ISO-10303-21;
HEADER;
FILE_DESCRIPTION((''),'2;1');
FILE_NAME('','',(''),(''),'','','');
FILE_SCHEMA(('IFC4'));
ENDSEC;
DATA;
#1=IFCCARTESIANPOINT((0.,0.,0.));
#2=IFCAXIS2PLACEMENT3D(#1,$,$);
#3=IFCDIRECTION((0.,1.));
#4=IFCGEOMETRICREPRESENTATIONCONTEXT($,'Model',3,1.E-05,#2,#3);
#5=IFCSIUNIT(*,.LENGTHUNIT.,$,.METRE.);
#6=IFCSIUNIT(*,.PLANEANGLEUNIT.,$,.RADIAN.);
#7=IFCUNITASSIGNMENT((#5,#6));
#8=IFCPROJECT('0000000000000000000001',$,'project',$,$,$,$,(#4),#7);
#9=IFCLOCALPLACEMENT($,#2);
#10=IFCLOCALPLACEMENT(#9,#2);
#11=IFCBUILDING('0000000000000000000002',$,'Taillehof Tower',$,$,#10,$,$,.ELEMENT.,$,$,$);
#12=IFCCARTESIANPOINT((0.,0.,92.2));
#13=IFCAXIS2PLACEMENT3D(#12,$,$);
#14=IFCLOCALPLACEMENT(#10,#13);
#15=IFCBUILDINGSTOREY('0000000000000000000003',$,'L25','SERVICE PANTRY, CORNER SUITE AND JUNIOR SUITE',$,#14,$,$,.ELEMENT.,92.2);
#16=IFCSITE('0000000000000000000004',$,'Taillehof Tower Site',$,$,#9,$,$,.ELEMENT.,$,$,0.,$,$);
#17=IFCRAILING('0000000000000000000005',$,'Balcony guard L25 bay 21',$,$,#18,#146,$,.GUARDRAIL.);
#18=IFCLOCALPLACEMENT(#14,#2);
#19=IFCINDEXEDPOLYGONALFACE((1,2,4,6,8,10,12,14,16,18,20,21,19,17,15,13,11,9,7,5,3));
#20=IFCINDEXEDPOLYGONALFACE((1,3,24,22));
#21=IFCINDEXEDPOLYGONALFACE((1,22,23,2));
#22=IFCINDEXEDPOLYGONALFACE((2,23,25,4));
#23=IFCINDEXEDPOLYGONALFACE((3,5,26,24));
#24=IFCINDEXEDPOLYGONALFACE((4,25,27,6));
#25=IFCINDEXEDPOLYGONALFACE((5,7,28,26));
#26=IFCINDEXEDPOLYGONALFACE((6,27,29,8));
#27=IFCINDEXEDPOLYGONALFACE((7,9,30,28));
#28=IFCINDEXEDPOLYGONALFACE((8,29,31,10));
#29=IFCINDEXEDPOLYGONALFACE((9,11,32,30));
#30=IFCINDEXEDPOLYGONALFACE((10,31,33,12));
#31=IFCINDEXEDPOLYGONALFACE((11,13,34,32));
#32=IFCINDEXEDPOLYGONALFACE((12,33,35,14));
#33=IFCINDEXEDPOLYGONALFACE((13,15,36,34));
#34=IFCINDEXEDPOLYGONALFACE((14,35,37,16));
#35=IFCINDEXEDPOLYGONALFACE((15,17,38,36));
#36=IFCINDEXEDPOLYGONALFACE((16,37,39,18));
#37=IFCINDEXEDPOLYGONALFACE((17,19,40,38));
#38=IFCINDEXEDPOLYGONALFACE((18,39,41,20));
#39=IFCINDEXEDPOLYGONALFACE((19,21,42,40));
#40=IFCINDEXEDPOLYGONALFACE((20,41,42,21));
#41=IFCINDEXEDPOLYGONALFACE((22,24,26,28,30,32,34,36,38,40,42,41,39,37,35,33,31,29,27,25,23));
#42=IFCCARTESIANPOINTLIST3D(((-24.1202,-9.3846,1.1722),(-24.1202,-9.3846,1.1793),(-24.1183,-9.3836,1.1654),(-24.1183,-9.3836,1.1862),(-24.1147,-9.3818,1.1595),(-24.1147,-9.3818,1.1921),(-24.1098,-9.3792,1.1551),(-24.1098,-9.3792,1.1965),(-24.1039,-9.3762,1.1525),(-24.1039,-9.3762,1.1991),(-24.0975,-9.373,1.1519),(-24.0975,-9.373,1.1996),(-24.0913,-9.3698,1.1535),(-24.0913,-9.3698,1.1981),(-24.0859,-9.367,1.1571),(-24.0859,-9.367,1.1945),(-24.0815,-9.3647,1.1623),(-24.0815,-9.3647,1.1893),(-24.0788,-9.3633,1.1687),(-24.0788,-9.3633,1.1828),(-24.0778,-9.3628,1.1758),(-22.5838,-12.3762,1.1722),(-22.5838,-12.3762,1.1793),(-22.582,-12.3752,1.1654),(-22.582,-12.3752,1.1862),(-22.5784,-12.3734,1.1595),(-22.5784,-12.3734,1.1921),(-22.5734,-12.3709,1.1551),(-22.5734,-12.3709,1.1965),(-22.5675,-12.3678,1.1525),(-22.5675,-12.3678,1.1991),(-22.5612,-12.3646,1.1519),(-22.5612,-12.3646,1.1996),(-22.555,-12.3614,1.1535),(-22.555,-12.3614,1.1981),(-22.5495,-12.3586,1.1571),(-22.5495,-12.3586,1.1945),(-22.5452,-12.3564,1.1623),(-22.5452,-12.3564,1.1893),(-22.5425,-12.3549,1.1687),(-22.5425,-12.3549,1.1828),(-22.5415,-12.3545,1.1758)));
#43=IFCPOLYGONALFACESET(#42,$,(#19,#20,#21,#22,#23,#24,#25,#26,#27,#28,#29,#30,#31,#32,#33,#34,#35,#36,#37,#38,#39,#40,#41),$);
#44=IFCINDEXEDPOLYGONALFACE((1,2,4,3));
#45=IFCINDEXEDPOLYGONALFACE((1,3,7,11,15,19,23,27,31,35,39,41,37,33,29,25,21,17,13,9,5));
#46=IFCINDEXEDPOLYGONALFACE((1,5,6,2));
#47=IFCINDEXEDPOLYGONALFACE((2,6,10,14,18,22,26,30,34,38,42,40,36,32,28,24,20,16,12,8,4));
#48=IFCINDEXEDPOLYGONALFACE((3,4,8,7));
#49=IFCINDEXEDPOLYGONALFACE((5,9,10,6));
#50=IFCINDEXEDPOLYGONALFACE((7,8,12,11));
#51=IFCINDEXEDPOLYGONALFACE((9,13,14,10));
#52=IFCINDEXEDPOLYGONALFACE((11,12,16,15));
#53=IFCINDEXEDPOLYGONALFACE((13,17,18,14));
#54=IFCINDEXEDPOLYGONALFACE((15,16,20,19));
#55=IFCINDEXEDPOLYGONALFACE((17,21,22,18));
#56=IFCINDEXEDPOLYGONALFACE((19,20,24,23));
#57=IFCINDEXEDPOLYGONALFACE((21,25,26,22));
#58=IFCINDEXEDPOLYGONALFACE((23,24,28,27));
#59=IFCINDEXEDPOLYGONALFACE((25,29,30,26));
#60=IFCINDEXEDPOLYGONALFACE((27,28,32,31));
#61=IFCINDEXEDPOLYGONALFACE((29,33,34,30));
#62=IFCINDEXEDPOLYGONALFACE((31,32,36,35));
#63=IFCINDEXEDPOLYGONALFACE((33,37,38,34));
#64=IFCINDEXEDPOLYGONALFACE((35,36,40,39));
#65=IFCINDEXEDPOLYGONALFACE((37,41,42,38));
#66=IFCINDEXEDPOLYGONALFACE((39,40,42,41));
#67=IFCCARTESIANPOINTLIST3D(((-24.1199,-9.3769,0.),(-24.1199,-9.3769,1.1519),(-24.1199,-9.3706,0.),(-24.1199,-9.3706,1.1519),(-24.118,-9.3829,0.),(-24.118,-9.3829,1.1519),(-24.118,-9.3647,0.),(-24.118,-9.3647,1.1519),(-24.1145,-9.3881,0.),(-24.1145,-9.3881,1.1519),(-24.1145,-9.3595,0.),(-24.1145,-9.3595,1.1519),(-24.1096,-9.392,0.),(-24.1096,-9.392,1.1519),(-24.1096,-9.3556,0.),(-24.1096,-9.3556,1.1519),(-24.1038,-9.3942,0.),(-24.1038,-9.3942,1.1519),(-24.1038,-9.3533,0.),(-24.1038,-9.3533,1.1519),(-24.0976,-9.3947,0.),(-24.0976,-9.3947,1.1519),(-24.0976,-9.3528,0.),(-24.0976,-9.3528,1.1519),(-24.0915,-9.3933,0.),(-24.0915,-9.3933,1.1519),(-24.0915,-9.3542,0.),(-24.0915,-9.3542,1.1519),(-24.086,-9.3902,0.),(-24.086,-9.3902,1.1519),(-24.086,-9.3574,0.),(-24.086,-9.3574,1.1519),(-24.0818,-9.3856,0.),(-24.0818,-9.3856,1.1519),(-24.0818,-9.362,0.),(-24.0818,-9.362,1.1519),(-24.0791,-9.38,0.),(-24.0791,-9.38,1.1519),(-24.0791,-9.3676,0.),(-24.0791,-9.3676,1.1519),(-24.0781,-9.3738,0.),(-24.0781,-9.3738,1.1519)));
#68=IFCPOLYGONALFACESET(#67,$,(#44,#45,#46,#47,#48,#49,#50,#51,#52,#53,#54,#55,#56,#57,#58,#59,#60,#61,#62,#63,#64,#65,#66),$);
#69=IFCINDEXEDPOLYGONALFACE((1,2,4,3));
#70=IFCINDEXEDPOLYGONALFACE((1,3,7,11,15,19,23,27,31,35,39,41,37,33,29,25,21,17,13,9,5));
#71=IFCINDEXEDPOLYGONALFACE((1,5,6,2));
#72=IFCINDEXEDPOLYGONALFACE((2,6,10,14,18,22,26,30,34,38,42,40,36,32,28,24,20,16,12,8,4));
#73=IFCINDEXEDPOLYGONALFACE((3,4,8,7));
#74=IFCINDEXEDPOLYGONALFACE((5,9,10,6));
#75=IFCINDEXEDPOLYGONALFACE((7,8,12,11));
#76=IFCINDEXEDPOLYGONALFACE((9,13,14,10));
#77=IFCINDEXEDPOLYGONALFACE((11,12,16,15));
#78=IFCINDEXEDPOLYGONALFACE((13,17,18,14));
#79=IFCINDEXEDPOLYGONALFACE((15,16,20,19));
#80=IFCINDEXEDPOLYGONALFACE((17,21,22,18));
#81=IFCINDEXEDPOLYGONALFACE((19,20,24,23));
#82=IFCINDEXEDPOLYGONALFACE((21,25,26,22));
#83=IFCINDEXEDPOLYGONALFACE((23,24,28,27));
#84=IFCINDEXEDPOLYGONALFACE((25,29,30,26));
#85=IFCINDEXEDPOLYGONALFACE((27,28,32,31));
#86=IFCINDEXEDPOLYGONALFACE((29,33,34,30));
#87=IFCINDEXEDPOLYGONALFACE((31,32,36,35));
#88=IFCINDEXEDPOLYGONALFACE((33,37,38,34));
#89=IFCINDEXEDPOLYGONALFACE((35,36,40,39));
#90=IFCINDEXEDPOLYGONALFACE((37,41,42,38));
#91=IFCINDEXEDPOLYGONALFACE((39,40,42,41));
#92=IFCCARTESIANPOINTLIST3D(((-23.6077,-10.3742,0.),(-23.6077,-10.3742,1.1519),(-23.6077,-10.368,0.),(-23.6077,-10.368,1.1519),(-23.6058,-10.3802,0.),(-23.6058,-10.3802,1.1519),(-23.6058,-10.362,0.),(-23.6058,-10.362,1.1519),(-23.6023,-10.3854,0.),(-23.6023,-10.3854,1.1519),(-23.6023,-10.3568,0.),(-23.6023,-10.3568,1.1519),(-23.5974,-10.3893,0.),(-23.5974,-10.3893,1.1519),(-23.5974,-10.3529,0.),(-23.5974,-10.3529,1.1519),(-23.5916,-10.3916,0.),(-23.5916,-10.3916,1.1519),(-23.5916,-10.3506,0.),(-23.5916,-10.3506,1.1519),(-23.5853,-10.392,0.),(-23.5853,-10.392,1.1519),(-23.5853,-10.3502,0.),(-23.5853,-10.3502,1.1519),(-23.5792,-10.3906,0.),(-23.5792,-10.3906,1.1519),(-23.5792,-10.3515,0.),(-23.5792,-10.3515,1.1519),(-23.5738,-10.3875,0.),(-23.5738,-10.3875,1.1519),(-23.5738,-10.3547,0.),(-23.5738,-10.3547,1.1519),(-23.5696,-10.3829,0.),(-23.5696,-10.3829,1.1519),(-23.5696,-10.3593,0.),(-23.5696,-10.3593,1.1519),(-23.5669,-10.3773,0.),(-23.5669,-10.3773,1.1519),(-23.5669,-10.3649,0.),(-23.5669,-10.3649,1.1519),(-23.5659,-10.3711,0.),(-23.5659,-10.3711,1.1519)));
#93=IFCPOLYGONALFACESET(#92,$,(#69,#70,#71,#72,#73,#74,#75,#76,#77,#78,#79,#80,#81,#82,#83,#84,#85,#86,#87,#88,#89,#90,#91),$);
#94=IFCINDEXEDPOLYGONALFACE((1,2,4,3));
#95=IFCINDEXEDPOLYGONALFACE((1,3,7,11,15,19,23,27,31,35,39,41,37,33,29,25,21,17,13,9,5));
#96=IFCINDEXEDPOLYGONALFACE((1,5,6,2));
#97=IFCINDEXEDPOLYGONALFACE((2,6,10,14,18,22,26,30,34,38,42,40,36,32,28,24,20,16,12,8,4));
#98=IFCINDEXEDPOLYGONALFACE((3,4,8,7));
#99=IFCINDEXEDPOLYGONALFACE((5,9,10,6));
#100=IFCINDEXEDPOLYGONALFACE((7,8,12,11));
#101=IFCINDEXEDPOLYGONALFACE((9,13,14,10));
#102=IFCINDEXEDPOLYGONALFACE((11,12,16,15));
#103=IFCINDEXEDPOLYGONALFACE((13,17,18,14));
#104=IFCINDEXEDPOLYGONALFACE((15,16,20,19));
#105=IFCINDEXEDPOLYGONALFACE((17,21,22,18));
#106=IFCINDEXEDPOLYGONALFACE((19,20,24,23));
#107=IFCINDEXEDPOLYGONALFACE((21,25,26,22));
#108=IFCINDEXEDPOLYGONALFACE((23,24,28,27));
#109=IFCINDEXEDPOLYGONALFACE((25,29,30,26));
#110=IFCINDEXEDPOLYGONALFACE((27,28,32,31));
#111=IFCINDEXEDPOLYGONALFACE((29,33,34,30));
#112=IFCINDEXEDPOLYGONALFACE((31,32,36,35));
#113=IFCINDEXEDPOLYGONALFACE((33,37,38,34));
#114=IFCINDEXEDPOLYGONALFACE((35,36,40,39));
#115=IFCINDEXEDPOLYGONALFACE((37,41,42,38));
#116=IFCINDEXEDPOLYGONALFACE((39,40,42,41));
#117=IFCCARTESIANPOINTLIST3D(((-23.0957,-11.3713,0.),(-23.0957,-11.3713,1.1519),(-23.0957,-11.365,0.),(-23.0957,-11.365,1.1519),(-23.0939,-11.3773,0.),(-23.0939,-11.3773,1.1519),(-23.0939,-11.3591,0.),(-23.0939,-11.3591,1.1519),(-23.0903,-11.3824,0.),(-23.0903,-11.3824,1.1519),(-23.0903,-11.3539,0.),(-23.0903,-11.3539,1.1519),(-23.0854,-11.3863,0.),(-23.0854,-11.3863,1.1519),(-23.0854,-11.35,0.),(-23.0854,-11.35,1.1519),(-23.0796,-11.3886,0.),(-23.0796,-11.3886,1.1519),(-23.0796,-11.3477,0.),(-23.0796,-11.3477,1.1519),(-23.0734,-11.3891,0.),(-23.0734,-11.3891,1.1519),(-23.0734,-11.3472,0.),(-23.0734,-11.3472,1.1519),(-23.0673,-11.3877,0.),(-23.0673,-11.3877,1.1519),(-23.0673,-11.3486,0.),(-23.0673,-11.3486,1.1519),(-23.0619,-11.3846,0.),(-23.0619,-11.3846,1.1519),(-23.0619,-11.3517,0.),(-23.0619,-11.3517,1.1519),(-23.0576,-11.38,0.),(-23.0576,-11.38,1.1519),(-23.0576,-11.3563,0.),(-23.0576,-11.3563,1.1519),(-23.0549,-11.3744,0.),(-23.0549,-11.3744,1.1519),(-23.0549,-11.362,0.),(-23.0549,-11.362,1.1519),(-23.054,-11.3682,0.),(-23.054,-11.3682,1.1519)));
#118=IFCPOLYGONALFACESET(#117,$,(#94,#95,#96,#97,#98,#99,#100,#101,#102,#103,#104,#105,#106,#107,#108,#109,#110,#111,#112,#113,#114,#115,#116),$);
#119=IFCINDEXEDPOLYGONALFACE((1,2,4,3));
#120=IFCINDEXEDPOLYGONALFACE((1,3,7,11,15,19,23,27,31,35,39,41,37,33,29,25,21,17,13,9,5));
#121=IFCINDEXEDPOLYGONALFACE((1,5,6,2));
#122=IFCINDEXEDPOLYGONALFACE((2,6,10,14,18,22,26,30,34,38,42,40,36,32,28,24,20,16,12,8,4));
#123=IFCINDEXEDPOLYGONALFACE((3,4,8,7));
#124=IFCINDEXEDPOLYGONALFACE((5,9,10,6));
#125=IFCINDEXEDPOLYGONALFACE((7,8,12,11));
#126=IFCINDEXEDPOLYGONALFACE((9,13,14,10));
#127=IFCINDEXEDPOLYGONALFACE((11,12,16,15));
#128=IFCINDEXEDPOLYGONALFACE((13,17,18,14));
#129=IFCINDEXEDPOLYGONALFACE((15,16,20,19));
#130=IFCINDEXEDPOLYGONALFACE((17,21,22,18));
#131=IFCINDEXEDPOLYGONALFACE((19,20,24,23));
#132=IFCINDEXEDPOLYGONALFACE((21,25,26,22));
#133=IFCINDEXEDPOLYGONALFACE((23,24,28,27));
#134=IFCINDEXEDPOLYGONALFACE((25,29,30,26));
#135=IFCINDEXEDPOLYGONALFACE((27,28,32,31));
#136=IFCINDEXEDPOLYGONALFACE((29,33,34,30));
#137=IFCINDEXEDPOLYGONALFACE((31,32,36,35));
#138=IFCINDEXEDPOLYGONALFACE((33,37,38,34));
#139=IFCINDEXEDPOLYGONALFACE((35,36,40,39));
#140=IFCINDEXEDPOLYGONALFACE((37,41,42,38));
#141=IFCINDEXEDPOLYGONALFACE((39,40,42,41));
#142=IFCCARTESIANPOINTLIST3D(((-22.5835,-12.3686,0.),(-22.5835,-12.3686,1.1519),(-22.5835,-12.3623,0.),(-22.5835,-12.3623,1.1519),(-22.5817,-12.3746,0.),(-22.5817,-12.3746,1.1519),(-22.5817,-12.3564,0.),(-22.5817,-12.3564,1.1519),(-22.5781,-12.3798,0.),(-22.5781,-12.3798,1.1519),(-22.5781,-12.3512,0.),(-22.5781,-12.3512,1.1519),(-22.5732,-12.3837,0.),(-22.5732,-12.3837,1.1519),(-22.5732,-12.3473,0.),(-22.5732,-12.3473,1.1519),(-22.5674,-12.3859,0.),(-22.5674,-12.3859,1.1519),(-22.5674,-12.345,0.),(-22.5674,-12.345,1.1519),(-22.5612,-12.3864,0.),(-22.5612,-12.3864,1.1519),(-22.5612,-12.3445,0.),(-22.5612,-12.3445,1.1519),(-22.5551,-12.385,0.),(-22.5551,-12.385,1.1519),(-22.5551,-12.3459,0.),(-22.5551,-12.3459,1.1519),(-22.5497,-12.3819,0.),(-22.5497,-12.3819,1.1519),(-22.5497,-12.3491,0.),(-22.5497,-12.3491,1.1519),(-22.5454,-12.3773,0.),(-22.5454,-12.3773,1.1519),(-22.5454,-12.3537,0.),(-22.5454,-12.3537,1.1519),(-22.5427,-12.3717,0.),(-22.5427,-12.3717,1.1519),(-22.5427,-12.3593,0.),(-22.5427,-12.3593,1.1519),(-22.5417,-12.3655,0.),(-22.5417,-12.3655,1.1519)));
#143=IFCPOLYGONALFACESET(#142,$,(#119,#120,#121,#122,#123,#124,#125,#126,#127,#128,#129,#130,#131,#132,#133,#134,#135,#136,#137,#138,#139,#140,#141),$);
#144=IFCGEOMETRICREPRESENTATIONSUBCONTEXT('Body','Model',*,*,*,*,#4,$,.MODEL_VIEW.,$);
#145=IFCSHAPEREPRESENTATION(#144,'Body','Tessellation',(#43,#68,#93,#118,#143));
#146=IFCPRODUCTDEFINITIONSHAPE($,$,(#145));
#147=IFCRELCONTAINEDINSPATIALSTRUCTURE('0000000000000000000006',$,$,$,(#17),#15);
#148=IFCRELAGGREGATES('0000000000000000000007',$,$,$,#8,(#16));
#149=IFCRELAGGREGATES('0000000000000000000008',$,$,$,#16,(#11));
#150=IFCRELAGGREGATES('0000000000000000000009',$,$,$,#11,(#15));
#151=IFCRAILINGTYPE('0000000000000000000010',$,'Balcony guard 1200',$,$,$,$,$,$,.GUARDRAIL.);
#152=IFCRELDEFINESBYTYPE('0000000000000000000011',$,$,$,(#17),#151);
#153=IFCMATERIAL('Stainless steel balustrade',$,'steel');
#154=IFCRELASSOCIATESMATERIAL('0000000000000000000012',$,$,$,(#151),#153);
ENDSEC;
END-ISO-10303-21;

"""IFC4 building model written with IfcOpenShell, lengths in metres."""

from ifc_helpers import new_model, si_unit, direction, frame, origin, origin_2d, place, context, subcontext, project, spatial, circle, extrude, material, type_object, element, save


model = new_model("IFC4")

# Units and contexts
model_context = context("Model", 3, precision=1e-05, world=origin(), true_north=direction((0.0, 1.0)))
body_context = subcontext(model_context, "Body", "Model", "MODEL_VIEW")
ifc_project = project(units=[si_unit("LENGTHUNIT", "METRE"), si_unit("PLANEANGLEUNIT", "RADIAN")], contexts=[model_context])

# Site, building, storey
site_placement = place(None, origin())
site = spatial("IfcSite", under=ifc_project, at=site_placement, Name="Taillehof Tower Site", CompositionType="ELEMENT", RefElevation=0.0)
building_placement = place(site_placement, origin())
building = spatial("IfcBuilding", under=site, at=building_placement, Name="Taillehof Tower", CompositionType="ELEMENT")
storey_placement = place(building_placement, frame((0.0, 0.0, 92.2)))
storey = spatial("IfcBuildingStorey", under=building, at=storey_placement, Name="L25", Description="SERVICE PANTRY, CORNER SUITE AND JUNIOR SUITE", CompositionType="ELEMENT", Elevation=92.2)

# Railing
ifc_material_1 = material(Name="Stainless steel balustrade", Category="steel")
railing_type_1 = type_object("IfcRailingType", Name="Balcony guard 1200", PredefinedType="GUARDRAIL", material=ifc_material_1)
railing_1_placement = place(storey_placement, frame((-24.0991, -9.3738, 0.0)))
element("IfcRailing", 1, at=railing_1_placement, inside=storey, type_object=railing_type_1, Name="Balcony guard L25 bay 21", PredefinedType="GUARDRAIL", context=body_context, shape_type="SweptSolid", body=[
    extrude(circle(Radius=0.0239, at=origin_2d()), frame((0.0, 0.0, 1.1758), z_axis=(0.456828, -0.889555, 0.0), x_axis=(0.889555, 0.456828, 0.0)), (0.0, 0.0, 1.0), 3.363),
    extrude(circle(Radius=0.021, at=origin_2d()), origin(), (0.0, 0.0, 1.0), 1.1519),
    extrude(circle(Radius=0.021, at=origin_2d()), frame((0.5122, -0.9973, 0.0)), (0.0, 0.0, 1.0), 1.1519),
    extrude(circle(Radius=0.021, at=origin_2d()), frame((1.0242, -1.9944, 0.0)), (0.0, 0.0, 1.0), 1.1519),
    extrude(circle(Radius=0.021, at=origin_2d()), frame((1.5364, -2.9917, 0.0)), (0.0, 0.0, 1.0), 1.1519),
])

save(model, "model.ifc")
